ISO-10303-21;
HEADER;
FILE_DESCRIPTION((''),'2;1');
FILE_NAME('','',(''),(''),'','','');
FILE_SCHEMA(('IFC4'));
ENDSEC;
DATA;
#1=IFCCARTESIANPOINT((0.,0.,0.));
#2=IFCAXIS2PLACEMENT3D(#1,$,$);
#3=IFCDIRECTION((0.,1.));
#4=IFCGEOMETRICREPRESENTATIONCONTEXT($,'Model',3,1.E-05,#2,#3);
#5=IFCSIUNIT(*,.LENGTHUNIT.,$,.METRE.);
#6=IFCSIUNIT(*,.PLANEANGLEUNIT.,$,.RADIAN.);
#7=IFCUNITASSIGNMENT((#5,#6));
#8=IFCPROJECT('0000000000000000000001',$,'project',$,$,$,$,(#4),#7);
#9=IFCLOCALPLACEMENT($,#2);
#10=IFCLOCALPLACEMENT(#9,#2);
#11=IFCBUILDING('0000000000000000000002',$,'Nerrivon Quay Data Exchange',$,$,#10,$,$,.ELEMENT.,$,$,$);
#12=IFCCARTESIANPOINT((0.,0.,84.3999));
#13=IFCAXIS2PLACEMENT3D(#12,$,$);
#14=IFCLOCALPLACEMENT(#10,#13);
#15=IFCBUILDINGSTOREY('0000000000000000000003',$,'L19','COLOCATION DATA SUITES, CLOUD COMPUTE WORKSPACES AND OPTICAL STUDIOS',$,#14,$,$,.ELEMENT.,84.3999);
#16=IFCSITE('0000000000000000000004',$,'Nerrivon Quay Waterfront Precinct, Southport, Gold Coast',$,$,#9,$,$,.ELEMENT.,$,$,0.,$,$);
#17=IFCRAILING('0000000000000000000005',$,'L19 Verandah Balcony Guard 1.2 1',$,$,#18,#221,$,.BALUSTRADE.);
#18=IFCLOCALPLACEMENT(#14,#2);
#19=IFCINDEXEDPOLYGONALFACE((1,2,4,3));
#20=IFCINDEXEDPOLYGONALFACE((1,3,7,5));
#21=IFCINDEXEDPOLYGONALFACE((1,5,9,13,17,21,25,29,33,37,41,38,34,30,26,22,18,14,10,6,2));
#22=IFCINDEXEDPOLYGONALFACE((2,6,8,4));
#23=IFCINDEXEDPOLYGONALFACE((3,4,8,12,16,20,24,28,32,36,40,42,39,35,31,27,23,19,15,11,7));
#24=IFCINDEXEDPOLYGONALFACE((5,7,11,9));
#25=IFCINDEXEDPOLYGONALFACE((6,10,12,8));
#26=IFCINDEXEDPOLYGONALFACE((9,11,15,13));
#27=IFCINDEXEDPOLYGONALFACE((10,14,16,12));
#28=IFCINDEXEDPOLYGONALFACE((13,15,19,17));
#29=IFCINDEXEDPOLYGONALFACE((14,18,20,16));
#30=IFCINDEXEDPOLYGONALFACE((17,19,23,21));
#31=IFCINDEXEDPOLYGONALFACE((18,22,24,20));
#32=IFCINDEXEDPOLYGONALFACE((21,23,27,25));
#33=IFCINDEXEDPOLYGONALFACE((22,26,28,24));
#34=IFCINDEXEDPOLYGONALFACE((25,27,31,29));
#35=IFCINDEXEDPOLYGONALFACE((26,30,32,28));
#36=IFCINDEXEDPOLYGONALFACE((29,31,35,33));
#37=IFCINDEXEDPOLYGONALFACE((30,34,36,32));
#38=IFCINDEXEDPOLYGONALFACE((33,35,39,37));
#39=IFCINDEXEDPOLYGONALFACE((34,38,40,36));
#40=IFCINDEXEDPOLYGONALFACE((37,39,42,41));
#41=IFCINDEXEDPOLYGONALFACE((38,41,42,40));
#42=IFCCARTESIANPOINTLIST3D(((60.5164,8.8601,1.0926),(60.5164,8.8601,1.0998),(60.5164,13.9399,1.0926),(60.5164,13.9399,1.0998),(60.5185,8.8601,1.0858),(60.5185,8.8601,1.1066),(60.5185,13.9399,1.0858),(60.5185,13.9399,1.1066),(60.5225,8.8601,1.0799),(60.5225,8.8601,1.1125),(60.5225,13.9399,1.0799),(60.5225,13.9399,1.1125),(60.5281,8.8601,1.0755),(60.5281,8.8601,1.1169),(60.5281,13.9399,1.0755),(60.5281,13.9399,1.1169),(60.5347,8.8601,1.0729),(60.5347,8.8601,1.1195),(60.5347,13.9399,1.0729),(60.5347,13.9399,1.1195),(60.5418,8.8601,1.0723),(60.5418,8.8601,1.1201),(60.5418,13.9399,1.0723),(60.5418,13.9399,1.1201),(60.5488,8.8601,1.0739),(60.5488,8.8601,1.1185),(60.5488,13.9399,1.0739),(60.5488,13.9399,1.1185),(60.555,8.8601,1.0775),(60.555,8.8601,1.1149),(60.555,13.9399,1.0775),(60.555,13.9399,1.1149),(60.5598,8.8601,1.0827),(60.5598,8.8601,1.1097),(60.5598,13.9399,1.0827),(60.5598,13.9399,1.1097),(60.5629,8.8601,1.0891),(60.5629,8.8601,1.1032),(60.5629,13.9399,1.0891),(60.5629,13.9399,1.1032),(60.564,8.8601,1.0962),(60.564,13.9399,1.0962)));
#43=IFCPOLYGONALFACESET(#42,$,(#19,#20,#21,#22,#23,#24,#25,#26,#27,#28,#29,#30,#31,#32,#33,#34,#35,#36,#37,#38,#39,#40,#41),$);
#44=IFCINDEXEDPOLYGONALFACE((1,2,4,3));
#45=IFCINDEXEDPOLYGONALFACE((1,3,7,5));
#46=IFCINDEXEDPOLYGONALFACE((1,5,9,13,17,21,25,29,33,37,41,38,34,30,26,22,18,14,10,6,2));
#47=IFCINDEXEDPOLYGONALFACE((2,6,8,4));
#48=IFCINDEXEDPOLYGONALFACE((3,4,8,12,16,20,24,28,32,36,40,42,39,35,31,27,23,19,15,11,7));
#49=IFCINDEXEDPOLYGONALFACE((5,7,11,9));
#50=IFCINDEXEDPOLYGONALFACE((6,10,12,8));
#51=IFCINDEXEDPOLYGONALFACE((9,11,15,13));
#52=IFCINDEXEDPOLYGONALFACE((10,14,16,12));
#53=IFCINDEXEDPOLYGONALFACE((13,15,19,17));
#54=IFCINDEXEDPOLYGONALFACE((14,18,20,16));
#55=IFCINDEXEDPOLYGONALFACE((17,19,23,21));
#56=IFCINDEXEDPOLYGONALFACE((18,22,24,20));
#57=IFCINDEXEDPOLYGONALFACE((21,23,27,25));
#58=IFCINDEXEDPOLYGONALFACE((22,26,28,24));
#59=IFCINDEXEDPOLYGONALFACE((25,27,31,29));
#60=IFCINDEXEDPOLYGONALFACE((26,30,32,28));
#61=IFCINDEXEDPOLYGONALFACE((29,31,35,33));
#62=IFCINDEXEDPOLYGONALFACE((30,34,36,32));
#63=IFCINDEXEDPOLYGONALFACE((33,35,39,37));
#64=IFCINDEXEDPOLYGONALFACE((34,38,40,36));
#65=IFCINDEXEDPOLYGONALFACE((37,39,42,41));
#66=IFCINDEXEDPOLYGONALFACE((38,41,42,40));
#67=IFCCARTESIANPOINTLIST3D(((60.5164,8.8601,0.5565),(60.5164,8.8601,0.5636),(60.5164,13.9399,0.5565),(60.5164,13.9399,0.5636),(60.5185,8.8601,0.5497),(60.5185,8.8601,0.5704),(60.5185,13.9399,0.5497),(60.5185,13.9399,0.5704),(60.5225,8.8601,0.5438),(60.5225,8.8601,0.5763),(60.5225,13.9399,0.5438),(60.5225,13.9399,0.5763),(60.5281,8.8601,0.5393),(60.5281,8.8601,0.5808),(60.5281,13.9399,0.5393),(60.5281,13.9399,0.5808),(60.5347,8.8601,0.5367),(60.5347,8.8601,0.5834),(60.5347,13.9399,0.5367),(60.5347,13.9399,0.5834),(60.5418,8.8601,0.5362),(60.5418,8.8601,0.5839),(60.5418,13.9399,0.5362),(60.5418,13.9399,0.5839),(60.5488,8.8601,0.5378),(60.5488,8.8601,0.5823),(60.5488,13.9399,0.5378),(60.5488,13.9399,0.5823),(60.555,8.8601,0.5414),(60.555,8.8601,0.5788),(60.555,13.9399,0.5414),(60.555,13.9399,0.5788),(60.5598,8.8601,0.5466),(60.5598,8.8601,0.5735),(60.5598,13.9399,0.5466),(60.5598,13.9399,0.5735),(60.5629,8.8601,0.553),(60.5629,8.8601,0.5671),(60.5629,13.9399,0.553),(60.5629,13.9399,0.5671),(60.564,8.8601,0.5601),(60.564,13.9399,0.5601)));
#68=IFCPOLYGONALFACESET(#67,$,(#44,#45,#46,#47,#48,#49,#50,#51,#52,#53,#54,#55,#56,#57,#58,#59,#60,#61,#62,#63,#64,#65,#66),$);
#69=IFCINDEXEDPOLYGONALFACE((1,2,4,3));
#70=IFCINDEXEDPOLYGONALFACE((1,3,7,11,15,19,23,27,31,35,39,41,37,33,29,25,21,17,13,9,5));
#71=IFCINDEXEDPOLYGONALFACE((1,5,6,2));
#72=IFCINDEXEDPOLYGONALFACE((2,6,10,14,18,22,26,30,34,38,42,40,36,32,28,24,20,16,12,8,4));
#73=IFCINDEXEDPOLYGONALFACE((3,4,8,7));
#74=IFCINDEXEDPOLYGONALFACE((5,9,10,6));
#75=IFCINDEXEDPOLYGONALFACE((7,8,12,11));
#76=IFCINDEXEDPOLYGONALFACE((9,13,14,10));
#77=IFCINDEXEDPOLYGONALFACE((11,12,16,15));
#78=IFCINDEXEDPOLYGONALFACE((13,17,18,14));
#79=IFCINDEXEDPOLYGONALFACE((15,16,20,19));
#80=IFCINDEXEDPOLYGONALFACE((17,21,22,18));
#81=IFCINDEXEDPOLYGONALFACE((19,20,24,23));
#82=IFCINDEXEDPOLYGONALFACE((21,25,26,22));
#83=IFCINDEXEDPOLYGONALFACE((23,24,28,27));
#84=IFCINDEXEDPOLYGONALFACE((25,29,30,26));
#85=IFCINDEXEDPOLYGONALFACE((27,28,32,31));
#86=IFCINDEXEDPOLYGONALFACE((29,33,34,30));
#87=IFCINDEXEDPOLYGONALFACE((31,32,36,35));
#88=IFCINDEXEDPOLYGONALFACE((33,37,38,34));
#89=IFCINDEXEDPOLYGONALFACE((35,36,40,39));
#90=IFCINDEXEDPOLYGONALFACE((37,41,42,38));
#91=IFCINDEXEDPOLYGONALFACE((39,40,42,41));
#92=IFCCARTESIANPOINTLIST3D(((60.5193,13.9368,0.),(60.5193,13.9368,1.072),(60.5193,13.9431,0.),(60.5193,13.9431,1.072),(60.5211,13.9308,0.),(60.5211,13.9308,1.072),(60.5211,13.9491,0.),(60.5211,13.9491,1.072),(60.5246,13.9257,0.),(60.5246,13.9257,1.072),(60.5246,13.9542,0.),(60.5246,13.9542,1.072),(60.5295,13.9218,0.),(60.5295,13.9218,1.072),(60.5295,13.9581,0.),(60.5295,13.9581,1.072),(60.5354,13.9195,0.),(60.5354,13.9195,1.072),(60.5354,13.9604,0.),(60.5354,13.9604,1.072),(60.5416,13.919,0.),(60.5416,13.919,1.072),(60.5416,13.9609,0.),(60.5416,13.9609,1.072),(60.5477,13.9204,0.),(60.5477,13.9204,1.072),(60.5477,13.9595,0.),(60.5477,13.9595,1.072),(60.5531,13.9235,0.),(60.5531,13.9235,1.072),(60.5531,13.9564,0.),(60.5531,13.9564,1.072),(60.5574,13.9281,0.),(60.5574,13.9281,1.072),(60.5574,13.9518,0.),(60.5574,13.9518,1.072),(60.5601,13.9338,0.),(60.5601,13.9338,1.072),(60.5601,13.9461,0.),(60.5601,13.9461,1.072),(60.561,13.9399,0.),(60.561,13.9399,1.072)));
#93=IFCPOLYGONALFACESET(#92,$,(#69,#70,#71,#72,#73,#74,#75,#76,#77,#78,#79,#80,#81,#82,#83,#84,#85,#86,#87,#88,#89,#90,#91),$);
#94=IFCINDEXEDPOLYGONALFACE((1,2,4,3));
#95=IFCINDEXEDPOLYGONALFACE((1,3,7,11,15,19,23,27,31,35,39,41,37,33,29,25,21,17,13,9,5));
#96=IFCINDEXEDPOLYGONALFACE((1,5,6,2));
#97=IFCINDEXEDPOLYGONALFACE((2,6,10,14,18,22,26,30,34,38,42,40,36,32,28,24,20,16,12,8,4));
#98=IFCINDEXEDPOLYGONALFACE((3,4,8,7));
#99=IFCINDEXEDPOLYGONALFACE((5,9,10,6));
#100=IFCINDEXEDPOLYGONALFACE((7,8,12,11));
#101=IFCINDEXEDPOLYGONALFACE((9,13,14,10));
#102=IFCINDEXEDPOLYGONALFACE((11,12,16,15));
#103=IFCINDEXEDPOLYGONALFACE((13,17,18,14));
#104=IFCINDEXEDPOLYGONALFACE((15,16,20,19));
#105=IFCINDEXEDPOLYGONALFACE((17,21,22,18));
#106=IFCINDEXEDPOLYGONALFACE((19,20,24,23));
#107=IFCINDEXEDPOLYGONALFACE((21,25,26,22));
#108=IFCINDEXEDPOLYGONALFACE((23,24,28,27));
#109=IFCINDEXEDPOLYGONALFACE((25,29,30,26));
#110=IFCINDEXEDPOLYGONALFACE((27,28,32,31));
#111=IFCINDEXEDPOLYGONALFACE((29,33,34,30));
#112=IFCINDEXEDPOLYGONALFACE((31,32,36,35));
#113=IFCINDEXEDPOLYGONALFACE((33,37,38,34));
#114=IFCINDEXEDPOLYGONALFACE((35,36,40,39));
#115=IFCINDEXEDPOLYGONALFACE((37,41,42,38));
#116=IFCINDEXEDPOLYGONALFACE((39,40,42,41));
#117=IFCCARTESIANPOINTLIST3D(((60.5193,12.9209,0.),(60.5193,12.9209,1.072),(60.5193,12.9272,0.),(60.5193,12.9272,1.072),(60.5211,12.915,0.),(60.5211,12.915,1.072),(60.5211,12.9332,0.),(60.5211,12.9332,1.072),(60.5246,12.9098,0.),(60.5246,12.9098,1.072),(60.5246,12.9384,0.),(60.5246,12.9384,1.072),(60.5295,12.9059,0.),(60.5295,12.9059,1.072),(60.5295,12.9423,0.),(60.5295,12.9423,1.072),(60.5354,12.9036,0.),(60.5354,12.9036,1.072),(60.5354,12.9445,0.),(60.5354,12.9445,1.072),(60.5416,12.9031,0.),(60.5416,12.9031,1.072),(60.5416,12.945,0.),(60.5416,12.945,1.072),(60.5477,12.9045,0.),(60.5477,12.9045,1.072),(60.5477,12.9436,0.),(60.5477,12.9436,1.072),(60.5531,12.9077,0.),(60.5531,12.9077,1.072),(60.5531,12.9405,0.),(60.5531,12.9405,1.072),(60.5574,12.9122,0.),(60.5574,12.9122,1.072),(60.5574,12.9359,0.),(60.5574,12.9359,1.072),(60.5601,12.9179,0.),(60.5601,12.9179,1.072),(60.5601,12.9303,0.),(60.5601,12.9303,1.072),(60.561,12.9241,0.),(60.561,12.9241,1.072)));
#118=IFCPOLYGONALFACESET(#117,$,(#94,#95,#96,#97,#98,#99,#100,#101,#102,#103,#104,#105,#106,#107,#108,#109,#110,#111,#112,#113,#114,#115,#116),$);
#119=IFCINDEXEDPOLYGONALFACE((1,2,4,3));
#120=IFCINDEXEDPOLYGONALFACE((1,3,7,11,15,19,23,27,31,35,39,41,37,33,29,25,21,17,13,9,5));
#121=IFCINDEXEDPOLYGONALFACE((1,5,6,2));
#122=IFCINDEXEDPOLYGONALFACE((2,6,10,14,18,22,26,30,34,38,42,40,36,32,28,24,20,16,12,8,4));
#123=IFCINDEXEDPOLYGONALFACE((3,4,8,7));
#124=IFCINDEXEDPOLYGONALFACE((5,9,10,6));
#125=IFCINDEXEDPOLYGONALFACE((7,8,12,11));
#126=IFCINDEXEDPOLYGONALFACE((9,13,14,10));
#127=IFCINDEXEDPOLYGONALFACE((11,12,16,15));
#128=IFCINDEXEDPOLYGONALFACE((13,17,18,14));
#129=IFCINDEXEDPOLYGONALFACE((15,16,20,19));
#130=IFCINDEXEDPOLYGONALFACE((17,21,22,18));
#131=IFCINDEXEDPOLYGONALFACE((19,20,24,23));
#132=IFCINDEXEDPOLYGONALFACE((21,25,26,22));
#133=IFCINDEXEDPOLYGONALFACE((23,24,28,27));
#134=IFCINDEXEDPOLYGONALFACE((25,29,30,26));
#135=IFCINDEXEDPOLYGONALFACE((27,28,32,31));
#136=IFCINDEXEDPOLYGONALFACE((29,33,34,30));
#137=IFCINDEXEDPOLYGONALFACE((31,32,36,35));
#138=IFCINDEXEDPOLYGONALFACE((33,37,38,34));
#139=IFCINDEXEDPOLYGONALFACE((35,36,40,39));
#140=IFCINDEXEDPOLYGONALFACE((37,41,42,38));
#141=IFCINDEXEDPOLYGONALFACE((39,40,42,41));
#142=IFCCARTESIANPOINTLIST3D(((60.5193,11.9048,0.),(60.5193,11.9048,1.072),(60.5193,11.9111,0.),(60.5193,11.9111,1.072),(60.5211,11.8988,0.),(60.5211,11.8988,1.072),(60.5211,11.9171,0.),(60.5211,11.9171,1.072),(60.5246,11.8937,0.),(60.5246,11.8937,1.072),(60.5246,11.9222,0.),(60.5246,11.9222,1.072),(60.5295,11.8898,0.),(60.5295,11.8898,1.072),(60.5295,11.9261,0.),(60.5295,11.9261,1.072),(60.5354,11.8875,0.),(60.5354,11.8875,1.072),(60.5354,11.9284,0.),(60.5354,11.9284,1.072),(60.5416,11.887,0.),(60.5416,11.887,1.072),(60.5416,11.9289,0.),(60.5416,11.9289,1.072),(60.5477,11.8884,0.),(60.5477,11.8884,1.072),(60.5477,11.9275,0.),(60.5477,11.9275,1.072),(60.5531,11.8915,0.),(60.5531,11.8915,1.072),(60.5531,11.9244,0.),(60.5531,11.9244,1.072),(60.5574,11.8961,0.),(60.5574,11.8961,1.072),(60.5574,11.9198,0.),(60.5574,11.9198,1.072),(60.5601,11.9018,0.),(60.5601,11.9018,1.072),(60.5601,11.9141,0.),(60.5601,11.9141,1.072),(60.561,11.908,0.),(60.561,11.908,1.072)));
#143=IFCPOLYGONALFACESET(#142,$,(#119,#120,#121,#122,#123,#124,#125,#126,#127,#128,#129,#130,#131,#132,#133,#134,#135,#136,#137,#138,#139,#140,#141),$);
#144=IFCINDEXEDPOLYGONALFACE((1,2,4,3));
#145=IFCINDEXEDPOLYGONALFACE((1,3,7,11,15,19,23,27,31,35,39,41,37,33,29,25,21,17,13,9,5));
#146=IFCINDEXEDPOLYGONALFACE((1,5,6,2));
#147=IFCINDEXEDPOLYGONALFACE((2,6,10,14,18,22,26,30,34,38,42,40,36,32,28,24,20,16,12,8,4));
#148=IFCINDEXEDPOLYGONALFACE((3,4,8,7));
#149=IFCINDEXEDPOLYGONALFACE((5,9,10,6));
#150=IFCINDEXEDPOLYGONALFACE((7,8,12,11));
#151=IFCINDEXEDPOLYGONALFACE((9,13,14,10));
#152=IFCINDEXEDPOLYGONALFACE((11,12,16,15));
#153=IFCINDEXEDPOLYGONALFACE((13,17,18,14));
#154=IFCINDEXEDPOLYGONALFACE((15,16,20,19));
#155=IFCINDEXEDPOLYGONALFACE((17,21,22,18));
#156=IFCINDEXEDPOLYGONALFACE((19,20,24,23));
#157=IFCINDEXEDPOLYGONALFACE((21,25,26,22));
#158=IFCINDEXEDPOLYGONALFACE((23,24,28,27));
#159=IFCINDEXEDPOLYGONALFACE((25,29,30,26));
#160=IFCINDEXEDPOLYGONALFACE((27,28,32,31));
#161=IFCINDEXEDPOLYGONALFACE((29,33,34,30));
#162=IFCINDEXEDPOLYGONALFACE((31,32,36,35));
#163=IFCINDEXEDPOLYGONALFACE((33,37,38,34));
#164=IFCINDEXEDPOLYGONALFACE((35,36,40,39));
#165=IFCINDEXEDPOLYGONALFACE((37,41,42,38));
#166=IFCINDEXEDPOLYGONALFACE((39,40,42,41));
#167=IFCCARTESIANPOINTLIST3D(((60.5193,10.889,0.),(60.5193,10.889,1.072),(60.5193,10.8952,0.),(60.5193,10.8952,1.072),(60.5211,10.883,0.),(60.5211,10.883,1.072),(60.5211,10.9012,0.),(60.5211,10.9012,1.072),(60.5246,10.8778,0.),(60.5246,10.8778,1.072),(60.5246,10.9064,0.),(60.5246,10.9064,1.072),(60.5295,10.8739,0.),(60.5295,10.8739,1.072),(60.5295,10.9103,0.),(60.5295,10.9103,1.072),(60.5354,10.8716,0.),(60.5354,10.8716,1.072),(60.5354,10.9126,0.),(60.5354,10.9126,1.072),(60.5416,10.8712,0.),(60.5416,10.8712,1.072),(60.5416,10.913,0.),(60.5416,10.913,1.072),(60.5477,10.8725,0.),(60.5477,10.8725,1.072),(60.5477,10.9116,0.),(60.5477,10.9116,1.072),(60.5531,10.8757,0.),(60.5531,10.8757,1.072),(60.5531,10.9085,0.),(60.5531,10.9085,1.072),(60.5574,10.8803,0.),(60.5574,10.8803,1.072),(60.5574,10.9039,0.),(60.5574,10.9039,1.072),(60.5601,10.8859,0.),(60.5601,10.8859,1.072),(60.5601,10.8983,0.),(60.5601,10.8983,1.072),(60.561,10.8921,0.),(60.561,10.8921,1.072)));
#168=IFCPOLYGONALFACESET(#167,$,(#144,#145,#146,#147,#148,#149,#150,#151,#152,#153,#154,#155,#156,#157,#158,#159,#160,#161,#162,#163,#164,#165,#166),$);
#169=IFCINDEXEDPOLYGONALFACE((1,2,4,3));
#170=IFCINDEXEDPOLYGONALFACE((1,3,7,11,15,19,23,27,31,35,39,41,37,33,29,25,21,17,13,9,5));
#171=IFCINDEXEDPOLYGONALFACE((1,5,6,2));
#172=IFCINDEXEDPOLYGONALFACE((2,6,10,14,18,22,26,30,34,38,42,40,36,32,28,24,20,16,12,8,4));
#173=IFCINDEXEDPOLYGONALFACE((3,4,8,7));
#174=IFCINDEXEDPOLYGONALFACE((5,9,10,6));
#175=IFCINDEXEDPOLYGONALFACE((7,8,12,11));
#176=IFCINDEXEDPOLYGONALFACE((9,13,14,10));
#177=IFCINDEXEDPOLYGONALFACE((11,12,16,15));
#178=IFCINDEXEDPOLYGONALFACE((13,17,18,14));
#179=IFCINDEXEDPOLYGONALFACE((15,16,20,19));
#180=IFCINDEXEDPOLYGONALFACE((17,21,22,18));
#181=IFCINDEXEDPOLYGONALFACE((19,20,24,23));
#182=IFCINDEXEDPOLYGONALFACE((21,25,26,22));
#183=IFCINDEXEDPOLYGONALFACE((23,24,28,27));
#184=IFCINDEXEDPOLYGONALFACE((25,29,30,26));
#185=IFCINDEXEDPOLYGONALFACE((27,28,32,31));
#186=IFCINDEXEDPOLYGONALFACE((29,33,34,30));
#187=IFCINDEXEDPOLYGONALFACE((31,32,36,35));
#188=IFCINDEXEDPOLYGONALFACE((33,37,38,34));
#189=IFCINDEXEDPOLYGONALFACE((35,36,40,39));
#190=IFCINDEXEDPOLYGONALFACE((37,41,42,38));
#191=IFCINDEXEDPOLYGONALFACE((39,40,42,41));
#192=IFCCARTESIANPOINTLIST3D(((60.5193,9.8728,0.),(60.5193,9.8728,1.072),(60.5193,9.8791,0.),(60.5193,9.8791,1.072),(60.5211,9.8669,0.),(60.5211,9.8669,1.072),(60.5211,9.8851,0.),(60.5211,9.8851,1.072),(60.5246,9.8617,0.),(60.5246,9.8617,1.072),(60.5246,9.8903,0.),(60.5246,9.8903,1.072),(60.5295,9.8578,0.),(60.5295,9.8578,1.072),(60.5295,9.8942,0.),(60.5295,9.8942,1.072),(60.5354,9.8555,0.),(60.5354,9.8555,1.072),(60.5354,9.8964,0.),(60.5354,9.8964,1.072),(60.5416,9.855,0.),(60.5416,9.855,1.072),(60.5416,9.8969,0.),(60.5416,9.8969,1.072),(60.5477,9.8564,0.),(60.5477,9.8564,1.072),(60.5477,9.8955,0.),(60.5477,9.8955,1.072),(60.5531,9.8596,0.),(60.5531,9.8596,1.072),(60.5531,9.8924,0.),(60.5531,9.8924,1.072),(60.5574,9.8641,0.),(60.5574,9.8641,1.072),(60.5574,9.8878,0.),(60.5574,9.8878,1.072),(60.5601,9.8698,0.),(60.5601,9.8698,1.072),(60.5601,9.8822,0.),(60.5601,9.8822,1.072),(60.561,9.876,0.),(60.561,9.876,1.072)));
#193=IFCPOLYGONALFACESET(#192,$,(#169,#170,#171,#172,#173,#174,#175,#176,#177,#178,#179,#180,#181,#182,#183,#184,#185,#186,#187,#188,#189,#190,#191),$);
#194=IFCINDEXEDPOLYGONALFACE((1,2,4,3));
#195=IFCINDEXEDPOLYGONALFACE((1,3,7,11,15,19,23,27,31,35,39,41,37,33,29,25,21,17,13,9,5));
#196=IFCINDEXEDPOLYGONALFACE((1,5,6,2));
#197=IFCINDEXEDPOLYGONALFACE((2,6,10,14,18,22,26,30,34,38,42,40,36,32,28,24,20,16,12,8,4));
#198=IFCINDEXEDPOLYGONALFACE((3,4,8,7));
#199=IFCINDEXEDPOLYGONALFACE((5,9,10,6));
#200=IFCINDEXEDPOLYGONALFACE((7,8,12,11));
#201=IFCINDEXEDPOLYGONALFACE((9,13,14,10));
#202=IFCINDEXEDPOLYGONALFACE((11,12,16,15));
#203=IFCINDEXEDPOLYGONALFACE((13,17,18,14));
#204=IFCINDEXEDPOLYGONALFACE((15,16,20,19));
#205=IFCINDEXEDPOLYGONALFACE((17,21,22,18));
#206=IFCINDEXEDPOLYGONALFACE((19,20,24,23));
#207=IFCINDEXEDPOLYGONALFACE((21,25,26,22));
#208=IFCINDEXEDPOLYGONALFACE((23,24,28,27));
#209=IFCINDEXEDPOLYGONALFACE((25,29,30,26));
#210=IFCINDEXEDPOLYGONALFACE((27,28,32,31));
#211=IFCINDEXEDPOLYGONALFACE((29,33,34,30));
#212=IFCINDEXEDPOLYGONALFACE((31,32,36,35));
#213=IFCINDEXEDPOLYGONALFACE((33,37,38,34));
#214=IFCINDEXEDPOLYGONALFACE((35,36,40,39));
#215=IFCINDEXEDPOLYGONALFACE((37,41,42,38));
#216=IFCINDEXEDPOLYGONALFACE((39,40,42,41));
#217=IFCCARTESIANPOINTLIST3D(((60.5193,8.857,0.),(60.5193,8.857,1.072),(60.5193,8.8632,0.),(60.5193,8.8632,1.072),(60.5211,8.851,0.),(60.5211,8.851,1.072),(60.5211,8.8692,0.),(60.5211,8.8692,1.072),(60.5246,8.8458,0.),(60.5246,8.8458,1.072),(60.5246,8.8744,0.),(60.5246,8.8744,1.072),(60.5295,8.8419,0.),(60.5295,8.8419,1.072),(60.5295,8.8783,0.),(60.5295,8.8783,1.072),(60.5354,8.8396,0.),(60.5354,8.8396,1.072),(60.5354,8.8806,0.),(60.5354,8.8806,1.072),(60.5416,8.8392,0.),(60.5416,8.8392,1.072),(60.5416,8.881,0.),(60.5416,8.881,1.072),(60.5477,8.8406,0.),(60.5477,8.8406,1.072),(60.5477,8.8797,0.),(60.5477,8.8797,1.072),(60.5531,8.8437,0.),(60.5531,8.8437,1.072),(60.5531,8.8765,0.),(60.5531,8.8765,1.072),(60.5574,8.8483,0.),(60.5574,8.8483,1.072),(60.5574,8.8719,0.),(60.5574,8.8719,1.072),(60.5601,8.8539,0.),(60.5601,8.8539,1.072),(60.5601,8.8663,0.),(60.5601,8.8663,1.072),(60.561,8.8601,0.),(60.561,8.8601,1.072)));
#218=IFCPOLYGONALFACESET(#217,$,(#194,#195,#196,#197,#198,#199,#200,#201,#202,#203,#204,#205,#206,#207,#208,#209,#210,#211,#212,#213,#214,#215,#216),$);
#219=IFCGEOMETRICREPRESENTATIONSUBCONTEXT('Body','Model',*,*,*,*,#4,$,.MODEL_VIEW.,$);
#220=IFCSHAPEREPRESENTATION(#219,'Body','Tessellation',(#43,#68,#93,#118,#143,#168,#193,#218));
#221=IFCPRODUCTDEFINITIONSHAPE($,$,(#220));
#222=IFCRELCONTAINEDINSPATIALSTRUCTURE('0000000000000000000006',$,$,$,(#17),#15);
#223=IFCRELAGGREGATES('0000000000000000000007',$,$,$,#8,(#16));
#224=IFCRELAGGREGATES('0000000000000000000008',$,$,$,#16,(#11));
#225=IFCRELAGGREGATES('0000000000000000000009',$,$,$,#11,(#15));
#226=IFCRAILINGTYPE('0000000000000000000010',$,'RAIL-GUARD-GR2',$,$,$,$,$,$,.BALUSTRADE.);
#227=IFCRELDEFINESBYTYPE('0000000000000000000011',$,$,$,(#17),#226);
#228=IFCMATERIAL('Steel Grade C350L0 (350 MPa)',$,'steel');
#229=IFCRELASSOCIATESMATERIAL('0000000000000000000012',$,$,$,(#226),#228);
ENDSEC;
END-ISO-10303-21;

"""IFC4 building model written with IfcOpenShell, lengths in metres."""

from ifc_helpers import new_model, si_unit, direction, frame, origin, origin_2d, place, context, subcontext, project, spatial, circle, extrude, material, type_object, element, save


model = new_model("IFC4")

# Units and contexts
model_context = context("Model", 3, precision=1e-05, world=origin(), true_north=direction((0.0, 1.0)))
body_context = subcontext(model_context, "Body", "Model", "MODEL_VIEW")
ifc_project = project(units=[si_unit("LENGTHUNIT", "METRE"), si_unit("PLANEANGLEUNIT", "RADIAN")], contexts=[model_context])

# Site, building, storey
site_placement = place(None, origin())
site = spatial("IfcSite", under=ifc_project, at=site_placement, Name="Nerrivon Quay Waterfront Precinct, Southport, Gold Coast", CompositionType="ELEMENT", RefElevation=0.0)
building_placement = place(site_placement, origin())
building = spatial("IfcBuilding", under=site, at=building_placement, Name="Nerrivon Quay Data Exchange", CompositionType="ELEMENT")
storey_placement = place(building_placement, frame((0.0, 0.0, 84.3999)))
storey = spatial("IfcBuildingStorey", under=building, at=storey_placement, Name="L19", Description="COLOCATION DATA SUITES, CLOUD COMPUTE WORKSPACES AND OPTICAL STUDIOS", CompositionType="ELEMENT", Elevation=84.3999)

# Railing
ifc_material_1 = material(Name="Steel Grade C350L0 (350 MPa)", Category="steel")
railing_type = type_object("IfcRailingType", Name="RAIL-GUARD-GR2", PredefinedType="BALUSTRADE", material=ifc_material_1)
railing_1_placement = place(storey_placement, frame((60.54, 13.9399, 0.0)))
element("IfcRailing", 1, at=railing_1_placement, inside=storey, type_object=railing_type, Name="L19 Verandah Balcony Guard 1.2 1", PredefinedType="BALUSTRADE", context=body_context, shape_type="SweptSolid", body=[
    extrude(circle(Radius=0.0239, at=origin_2d()), frame((0.0, 0.0, 1.0962), z_axis=(0.0, -1.0, 0.0), x_axis=(1.0, 0.0, 0.0)), (0.0, 0.0, 1.0), 5.0798),
    extrude(circle(Radius=0.0239, at=origin_2d()), frame((0.0, 0.0, 0.5601), z_axis=(0.0, -1.0, 0.0), x_axis=(1.0, 0.0, 0.0)), (0.0, 0.0, 1.0), 5.0798),
    extrude(circle(Radius=0.021, at=origin_2d()), origin(), (0.0, 0.0, 1.0), 1.072),
    extrude(circle(Radius=0.021, at=origin_2d()), frame((0.0, -1.0159, 0.0)), (0.0, 0.0, 1.0), 1.072),
    extrude(circle(Radius=0.021, at=origin_2d()), frame((0.0, -2.032, 0.0)), (0.0, 0.0, 1.0), 1.072),
    extrude(circle(Radius=0.021, at=origin_2d()), frame((0.0, -3.0479, 0.0)), (0.0, 0.0, 1.0), 1.072),
    extrude(circle(Radius=0.021, at=origin_2d()), frame((0.0, -4.064, 0.0)), (0.0, 0.0, 1.0), 1.072),
    extrude(circle(Radius=0.021, at=origin_2d()), frame((0.0, -5.0798, 0.0)), (0.0, 0.0, 1.0), 1.072),
])

save(model, "model.ifc")
